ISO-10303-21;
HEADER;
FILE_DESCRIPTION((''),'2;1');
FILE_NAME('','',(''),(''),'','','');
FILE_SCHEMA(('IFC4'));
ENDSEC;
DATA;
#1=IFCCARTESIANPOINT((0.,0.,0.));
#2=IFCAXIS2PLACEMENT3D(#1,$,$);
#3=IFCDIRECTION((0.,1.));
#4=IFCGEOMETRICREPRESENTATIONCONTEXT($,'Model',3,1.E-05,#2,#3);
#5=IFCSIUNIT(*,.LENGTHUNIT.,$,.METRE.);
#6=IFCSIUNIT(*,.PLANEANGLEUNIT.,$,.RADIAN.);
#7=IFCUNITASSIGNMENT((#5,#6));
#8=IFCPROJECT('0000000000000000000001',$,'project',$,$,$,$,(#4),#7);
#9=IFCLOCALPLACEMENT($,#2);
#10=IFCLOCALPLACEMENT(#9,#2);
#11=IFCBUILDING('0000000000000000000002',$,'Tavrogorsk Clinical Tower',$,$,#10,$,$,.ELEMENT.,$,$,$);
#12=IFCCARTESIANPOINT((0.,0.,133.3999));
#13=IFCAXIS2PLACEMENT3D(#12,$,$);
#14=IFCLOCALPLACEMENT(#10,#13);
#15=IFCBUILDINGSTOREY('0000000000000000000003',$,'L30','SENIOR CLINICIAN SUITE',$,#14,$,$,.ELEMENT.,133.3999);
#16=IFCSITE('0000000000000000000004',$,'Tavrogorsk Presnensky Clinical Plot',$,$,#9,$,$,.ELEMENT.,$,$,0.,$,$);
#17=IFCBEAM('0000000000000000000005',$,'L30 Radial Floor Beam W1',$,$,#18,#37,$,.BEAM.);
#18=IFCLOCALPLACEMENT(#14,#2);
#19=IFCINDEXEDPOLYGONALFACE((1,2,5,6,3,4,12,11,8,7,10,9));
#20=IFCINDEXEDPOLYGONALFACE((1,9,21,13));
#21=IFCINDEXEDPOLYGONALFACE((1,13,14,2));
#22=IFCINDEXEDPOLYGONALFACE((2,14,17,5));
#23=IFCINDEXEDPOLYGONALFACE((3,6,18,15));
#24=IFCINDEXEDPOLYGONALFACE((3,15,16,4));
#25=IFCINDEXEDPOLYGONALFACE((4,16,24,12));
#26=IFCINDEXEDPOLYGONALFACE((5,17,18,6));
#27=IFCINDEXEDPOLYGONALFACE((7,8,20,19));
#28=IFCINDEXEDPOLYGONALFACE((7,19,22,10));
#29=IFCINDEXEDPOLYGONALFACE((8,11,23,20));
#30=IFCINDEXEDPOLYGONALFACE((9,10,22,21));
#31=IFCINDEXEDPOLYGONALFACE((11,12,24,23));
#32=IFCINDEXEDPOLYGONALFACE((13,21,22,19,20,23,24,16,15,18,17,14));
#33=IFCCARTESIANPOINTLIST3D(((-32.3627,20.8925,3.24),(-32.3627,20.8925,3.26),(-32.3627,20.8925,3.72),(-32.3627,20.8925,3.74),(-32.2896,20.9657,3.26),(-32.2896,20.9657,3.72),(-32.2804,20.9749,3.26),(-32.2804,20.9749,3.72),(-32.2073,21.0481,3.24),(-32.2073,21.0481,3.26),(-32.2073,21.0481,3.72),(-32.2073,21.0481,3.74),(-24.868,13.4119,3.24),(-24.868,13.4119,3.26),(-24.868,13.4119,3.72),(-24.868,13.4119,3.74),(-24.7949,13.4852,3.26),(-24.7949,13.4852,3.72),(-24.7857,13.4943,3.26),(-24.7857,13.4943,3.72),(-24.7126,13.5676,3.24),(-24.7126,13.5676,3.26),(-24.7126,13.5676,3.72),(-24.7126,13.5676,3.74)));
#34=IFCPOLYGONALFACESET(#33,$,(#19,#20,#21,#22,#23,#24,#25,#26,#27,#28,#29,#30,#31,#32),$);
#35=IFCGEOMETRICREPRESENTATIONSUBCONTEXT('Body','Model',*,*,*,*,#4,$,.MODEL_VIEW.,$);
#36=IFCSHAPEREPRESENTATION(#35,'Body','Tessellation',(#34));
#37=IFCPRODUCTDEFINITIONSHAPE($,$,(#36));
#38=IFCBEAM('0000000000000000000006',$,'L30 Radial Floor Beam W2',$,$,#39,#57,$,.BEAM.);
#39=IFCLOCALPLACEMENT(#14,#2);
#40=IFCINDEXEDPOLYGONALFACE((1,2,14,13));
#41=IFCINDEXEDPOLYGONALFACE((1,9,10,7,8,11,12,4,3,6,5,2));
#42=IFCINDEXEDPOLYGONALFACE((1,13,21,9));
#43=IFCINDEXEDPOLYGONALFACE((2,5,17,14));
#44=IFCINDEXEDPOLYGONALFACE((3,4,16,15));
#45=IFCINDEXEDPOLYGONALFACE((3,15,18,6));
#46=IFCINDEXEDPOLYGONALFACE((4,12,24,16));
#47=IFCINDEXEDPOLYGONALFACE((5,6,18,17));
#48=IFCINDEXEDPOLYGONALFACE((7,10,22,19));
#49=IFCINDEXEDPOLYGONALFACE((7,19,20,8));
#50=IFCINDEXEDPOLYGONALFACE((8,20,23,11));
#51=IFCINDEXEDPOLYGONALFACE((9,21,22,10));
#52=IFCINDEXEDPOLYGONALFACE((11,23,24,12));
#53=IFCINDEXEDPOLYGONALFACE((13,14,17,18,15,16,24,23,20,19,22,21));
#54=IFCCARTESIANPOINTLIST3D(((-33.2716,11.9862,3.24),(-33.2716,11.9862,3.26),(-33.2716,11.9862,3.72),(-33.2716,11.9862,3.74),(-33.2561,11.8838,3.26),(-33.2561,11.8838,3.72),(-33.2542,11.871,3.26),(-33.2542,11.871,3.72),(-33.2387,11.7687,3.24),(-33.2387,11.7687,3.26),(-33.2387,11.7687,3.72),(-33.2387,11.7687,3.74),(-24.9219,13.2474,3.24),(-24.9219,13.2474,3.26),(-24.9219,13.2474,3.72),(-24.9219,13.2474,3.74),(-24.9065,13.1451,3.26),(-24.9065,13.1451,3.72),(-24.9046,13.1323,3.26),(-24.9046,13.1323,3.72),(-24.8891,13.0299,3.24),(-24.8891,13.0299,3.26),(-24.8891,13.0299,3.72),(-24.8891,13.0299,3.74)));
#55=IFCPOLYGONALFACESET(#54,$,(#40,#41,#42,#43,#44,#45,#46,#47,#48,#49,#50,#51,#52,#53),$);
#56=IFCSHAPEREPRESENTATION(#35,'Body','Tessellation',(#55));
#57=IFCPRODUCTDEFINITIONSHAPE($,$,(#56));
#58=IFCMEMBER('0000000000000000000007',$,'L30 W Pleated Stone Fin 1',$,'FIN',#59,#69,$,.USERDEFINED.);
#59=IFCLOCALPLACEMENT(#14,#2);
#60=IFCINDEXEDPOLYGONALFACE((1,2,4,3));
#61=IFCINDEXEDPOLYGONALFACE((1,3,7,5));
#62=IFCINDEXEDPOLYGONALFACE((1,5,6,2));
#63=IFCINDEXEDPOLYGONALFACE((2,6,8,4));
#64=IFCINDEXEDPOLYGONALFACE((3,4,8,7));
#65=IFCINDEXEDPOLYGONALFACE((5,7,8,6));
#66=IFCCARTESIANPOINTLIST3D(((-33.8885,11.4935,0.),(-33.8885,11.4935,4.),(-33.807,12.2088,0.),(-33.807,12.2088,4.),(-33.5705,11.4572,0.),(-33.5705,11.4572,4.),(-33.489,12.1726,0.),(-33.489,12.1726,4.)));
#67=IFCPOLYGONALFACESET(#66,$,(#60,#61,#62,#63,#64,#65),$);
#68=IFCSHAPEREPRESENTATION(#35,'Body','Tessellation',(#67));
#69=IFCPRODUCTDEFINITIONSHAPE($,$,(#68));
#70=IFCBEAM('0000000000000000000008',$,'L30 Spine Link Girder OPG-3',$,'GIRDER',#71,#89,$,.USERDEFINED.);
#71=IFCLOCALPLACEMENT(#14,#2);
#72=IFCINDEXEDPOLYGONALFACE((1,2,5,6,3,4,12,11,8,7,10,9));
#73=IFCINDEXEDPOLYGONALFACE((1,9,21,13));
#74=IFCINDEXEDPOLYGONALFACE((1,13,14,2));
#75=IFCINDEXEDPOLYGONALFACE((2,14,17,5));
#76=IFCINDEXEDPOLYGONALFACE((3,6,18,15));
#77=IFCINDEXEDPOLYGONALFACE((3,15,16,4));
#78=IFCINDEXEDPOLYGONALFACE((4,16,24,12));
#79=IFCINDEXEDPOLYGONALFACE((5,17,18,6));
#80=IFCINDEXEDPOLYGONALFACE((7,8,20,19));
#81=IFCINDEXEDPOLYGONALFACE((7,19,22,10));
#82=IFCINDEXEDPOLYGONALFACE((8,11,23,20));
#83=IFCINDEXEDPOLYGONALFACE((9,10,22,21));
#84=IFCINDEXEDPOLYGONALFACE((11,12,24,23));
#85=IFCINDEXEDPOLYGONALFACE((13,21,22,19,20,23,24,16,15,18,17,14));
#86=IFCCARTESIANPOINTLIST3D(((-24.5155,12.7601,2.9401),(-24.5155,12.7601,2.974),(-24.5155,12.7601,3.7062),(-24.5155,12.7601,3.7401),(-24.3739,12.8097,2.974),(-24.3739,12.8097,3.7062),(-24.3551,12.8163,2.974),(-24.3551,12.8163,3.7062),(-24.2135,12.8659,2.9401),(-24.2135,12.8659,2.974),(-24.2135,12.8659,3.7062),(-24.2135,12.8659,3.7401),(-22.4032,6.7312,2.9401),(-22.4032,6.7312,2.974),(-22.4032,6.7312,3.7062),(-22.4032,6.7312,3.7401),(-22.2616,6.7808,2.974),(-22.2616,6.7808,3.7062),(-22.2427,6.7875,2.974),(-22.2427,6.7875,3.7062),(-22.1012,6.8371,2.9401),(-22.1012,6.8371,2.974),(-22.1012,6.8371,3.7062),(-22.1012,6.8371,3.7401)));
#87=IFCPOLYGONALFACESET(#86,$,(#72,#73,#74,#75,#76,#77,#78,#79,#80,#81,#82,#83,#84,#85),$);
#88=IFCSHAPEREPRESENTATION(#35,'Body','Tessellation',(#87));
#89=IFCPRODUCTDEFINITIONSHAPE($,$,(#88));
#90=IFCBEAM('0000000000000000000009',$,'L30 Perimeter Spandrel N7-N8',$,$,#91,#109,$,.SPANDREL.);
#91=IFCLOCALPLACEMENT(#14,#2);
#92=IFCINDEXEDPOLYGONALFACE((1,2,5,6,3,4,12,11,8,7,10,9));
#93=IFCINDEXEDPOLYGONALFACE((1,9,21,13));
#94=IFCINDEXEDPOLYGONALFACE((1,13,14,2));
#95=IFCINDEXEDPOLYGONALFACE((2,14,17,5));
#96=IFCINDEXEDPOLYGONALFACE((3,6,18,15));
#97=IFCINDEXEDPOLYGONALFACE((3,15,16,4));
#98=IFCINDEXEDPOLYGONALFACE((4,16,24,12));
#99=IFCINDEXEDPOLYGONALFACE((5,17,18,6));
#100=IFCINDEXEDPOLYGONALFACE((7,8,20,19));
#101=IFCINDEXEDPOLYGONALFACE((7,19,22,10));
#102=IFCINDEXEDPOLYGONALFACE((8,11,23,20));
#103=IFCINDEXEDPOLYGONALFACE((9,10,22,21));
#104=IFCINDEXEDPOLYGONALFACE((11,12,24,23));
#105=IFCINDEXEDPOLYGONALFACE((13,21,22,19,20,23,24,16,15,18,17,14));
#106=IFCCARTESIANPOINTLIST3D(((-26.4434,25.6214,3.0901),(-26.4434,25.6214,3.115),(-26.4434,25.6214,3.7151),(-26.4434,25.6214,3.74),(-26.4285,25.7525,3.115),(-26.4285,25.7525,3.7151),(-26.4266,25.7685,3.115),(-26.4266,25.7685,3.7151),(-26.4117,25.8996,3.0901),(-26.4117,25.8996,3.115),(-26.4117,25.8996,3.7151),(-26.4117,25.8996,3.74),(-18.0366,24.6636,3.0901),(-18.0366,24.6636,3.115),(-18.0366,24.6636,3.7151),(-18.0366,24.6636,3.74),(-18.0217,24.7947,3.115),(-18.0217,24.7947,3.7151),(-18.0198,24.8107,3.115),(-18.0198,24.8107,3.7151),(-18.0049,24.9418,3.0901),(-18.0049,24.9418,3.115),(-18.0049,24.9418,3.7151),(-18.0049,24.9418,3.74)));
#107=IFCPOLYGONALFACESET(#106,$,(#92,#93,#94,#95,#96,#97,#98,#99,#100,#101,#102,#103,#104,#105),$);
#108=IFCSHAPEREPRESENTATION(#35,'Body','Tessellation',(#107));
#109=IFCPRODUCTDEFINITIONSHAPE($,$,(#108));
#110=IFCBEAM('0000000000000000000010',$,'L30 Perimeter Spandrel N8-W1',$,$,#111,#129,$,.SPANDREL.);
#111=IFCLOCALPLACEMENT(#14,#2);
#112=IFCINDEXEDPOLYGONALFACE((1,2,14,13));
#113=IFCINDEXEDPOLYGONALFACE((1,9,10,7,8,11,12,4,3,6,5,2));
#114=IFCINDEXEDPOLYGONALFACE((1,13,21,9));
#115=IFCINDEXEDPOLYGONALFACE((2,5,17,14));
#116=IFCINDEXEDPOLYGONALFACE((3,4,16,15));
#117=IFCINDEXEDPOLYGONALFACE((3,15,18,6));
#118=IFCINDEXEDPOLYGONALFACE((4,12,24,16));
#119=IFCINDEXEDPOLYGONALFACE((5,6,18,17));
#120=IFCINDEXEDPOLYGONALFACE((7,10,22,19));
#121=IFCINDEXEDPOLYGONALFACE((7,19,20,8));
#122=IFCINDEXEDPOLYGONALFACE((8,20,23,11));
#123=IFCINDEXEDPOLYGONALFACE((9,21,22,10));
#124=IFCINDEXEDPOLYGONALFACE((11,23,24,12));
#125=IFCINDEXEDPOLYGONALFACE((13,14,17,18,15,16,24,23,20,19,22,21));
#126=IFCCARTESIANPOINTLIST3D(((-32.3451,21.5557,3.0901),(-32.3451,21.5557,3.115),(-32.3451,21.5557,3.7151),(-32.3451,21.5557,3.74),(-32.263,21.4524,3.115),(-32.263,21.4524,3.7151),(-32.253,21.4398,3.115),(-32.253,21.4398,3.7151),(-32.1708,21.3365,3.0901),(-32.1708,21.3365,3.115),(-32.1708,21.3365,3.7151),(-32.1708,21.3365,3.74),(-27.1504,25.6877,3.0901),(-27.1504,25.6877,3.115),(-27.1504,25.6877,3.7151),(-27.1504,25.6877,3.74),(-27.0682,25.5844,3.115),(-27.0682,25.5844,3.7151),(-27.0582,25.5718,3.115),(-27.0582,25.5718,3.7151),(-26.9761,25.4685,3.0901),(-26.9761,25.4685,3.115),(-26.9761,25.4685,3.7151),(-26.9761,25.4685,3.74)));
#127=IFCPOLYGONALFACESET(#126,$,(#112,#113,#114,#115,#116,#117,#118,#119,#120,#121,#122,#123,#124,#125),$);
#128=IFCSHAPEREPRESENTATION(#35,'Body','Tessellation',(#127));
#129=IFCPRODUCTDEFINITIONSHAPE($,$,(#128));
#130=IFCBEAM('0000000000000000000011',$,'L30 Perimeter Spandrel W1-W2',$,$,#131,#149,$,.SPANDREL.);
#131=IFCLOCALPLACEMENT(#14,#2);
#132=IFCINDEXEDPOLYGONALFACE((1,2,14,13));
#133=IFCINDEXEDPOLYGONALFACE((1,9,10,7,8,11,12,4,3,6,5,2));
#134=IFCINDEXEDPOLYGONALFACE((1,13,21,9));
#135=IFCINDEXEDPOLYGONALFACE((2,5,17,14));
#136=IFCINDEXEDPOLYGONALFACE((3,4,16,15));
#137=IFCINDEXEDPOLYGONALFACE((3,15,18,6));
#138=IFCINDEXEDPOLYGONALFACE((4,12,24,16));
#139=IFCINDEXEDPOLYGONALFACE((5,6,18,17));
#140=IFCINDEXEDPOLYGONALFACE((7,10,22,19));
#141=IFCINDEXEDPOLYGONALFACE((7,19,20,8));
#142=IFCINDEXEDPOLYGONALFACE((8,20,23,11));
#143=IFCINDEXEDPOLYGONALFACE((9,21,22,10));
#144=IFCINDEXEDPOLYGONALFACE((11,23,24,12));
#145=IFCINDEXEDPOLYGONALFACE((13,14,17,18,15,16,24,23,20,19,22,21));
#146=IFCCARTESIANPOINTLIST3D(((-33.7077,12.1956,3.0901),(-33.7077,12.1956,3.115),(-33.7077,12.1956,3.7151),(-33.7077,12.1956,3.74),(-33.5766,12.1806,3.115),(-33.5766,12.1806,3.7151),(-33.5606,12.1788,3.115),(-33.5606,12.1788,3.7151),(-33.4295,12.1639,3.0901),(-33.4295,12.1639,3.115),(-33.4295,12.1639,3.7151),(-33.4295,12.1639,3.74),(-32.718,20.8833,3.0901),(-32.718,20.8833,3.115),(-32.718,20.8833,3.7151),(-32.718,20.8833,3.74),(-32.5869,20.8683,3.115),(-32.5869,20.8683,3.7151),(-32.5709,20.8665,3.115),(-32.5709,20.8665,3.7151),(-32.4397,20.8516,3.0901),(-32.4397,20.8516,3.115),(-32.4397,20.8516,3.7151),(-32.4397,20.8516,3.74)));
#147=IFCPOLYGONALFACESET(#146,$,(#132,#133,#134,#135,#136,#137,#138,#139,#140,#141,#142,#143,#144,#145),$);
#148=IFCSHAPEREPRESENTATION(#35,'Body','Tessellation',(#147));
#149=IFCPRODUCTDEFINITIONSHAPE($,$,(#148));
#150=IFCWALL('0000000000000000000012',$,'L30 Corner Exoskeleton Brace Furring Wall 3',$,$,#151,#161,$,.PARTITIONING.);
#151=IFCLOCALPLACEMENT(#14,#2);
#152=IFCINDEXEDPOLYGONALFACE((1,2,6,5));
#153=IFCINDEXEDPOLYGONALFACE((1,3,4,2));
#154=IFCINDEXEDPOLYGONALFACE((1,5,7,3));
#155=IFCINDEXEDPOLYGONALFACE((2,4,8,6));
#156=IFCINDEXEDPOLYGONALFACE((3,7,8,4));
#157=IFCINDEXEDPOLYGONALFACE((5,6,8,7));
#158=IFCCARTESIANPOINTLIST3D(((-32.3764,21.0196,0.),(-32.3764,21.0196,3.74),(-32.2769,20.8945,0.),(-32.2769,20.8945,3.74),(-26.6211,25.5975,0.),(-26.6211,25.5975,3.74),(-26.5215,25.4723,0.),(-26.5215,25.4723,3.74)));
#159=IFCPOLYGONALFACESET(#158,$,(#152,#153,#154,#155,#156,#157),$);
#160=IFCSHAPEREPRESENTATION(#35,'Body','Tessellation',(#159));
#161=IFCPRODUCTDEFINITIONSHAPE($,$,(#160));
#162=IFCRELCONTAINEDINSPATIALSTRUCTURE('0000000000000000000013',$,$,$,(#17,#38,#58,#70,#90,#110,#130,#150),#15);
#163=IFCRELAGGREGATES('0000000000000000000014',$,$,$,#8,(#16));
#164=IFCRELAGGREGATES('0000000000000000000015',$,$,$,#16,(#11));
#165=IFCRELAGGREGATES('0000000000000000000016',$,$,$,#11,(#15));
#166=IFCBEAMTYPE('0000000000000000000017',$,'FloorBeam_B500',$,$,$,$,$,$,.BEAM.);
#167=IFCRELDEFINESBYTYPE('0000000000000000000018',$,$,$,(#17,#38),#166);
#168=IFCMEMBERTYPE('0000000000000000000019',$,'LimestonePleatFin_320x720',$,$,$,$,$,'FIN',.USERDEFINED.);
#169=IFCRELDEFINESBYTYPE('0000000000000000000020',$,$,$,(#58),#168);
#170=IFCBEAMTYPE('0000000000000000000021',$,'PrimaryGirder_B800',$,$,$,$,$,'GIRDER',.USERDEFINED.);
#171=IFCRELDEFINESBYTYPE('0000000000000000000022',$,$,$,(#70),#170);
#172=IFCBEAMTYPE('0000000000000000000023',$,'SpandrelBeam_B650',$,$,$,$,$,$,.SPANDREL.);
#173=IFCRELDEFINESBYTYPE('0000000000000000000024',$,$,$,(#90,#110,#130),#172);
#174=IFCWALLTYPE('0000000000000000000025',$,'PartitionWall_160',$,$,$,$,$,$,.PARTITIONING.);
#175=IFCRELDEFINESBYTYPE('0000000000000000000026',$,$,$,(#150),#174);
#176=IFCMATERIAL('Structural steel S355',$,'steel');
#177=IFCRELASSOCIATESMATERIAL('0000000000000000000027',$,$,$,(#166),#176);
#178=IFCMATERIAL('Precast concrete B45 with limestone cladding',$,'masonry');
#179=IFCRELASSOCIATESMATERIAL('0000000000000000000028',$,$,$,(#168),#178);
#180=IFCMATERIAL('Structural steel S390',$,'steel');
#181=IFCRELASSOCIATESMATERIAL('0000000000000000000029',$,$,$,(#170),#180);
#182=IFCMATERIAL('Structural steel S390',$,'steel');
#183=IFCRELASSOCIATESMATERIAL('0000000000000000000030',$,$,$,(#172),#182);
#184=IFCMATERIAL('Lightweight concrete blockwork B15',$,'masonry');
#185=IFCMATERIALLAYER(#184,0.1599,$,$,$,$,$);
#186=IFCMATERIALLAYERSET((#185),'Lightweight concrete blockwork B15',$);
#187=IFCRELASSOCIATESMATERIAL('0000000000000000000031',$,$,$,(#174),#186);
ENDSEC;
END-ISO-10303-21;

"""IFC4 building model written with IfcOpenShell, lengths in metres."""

from ifc_helpers import new_model, si_unit, direction, frame, frame_2d, origin, origin_2d, place, context, subcontext, project, spatial, rectangle, i_section, extrude, material, layer, layer_set, material_profile, profile_set, type_object, element, save


model = new_model("IFC4")

# Units and contexts
model_context = context("Model", 3, precision=1e-05, world=origin(), true_north=direction((0.0, 1.0)))
body_context = subcontext(model_context, "Body", "Model", "MODEL_VIEW")
ifc_project = project(units=[si_unit("LENGTHUNIT", "METRE"), si_unit("PLANEANGLEUNIT", "RADIAN")], contexts=[model_context])

# Site, building, storey
site_placement = place(None, origin())
site = spatial("IfcSite", under=ifc_project, at=site_placement, Name="Tavrogorsk Presnensky Clinical Plot", CompositionType="ELEMENT", RefElevation=0.0)
building_placement = place(site_placement, origin())
building = spatial("IfcBuilding", under=site, at=building_placement, Name="Tavrogorsk Clinical Tower", CompositionType="ELEMENT")
storey_placement = place(building_placement, frame((0.0, 0.0, 133.3999)))
storey = spatial("IfcBuildingStorey", under=building, at=storey_placement, Name="L30", Description="SENIOR CLINICIAN SUITE", CompositionType="ELEMENT", Elevation=133.3999)

# Beams
ifc_material_1 = material(Name="Structural steel S355", Category="steel")
ifc_material_profile_1 = material_profile(ifc_material_1, i_section(OverallWidth=0.22, OverallDepth=0.5, WebThickness=0.0129, FlangeThickness=0.02, at=origin_2d()), Name="B-500x220x13x20")
ifc_profile_set_1 = profile_set([ifc_material_profile_1], Name="Structural steel S355")
beam_type_1 = type_object("IfcBeamType", Name="FloorBeam_B500", PredefinedType="BEAM", material=ifc_profile_set_1)
beam_1_placement = place(storey_placement, frame((-24.7903, 13.4897, 3.49), z_axis=(-0.707775, 0.706438, 0.0), x_axis=(-0.706438, -0.707775, 0.0)))
element("IfcBeam", 1, at=beam_1_placement, inside=storey, type_object=beam_type_1, Name="L30 Radial Floor Beam W1", PredefinedType="BEAM", context=body_context, shape_type="SweptSolid", body=[
    extrude(i_section(OverallWidth=0.22, OverallDepth=0.5, WebThickness=0.0129, FlangeThickness=0.02, at=origin_2d()), origin(), (0.0, 0.0, 1.0), 10.5891),
])
beam_2_placement = place(storey_placement, frame((-24.9055, 13.1387, 3.49), z_axis=(-0.988783, -0.149358, 0.0), x_axis=(0.149358, -0.988783, 0.0)))
element("IfcBeam", 2, at=beam_2_placement, inside=storey, type_object=beam_type_1, Name="L30 Radial Floor Beam W2", PredefinedType="BEAM", context=body_context, shape_type="SweptSolid", body=[
    extrude(i_section(OverallWidth=0.22, OverallDepth=0.5, WebThickness=0.0129, FlangeThickness=0.02, at=origin_2d()), origin(), (0.0, 0.0, 1.0), 8.4443),
])

# Member
ifc_material_2 = material(Name="Precast concrete B45 with limestone cladding", Category="masonry")
ifc_material_profile_2 = material_profile(ifc_material_2, rectangle(XDim=0.3201, YDim=0.72, at=origin_2d()), Name="LIMESTONE-FIN-320x720")
ifc_profile_set_2 = profile_set([ifc_material_profile_2], Name="Precast concrete B45 with limestone cladding")
member_type_1 = type_object("IfcMemberType", Name="LimestonePleatFin_320x720", ElementType="FIN", PredefinedType="USERDEFINED", material=ifc_profile_set_2)
member_1_placement = place(storey_placement, frame((-33.6887, 11.833, 0.0), z_axis=(0.0, 0.0, 1.0), x_axis=(0.993572, -0.113203, 0.0)))
element("IfcMember", 3, at=member_1_placement, inside=storey, type_object=member_type_1, Name="L30 W Pleated Stone Fin 1", ObjectType="FIN", PredefinedType="USERDEFINED", context=body_context, shape_type="SweptSolid", body=[
    extrude(rectangle(XDim=0.3201, YDim=0.72, at=origin_2d()), origin(), (0.0, 0.0, 1.0), 4.0),
])

# Beams
ifc_material_3 = material(Name="Structural steel S390", Category="steel")
ifc_material_profile_3 = material_profile(ifc_material_3, i_section(OverallWidth=0.3201, OverallDepth=0.8, WebThickness=0.02, FlangeThickness=0.0339, at=origin_2d()), Name="B-800x320x20x34")
ifc_profile_set_3 = profile_set([ifc_material_profile_3], Name="Structural steel S390")
beam_type_2 = type_object("IfcBeamType", Name="PrimaryGirder_B800", ElementType="GIRDER", PredefinedType="USERDEFINED", material=ifc_profile_set_3)
beam_3_placement = place(storey_placement, frame((-24.3645, 12.813, 3.3401), z_axis=(0.33066, -0.94375, 0.0), x_axis=(0.94375, 0.33066, 0.0)))
element("IfcBeam", 4, at=beam_3_placement, inside=storey, type_object=beam_type_2, Name="L30 Spine Link Girder OPG-3", ObjectType="GIRDER", PredefinedType="USERDEFINED", context=body_context, shape_type="SweptSolid", body=[
    extrude(i_section(OverallWidth=0.3201, OverallDepth=0.8, WebThickness=0.02, FlangeThickness=0.0339, at=origin_2d()), origin(), (0.0, 0.0, 1.0), 6.3882),
])
ifc_material_4 = material(Name="Structural steel S390", Category="steel")
ifc_material_profile_4 = material_profile(ifc_material_4, i_section(OverallWidth=0.28, OverallDepth=0.6499, WebThickness=0.0161, FlangeThickness=0.0249, at=origin_2d()), Name="B-650x280x16x25")
ifc_profile_set_4 = profile_set([ifc_material_profile_4], Name="Structural steel S390")
beam_type_3 = type_object("IfcBeamType", Name="SpandrelBeam_B650", PredefinedType="SPANDREL", material=ifc_profile_set_4)
beam_4_placement = place(storey_placement, frame((-18.0208, 24.8027, 3.415), z_axis=(-0.993573, 0.113196, 0.0), x_axis=(-0.113196, -0.993573, 0.0)))
element("IfcBeam", 5, at=beam_4_placement, inside=storey, type_object=beam_type_3, Name="L30 Perimeter Spandrel N7-N8", PredefinedType="SPANDREL", context=body_context, shape_type="SweptSolid", body=[
    extrude(i_section(OverallWidth=0.28, OverallDepth=0.6499, WebThickness=0.0161, FlangeThickness=0.0249, at=origin_2d()), origin(), (0.0, 0.0, 1.0), 8.4612),
])
beam_5_placement = place(storey_placement, frame((-27.0632, 25.5781, 3.415), z_axis=(-0.782613, -0.622508, 0.0), x_axis=(0.622508, -0.782613, 0.0)))
element("IfcBeam", 6, at=beam_5_placement, inside=storey, type_object=beam_type_3, Name="L30 Perimeter Spandrel N8-W1", PredefinedType="SPANDREL", context=body_context, shape_type="SweptSolid", body=[
    extrude(i_section(OverallWidth=0.28, OverallDepth=0.6499, WebThickness=0.0161, FlangeThickness=0.0249, at=origin_2d()), origin(), (0.0, 0.0, 1.0), 6.6377),
])
beam_6_placement = place(storey_placement, frame((-32.5789, 20.8674, 3.415), z_axis=(-0.113192, -0.993573, 0.0), x_axis=(0.993573, -0.113192, 0.0)))
element("IfcBeam", 7, at=beam_6_placement, inside=storey, type_object=beam_type_3, Name="L30 Perimeter Spandrel W1-W2", PredefinedType="SPANDREL", context=body_context, shape_type="SweptSolid", body=[
    extrude(i_section(OverallWidth=0.28, OverallDepth=0.6499, WebThickness=0.0161, FlangeThickness=0.0249, at=origin_2d()), origin(), (0.0, 0.0, 1.0), 8.7439),
])

# Wall
ifc_material_5 = material(Name="Lightweight concrete blockwork B15", Category="masonry")
ifc_layer_1 = layer(ifc_material_5, 0.1599)
ifc_layer_set_1 = layer_set([ifc_layer_1], Name="Lightweight concrete blockwork B15")
wall_type_1 = type_object("IfcWallType", Name="PartitionWall_160", PredefinedType="PARTITIONING", material=ifc_layer_set_1)
wall_1_placement = place(storey_placement, frame((-26.5713, 25.5349, 0.0), z_axis=(0.0, 0.0, 1.0), x_axis=(-0.782618, -0.622502, 0.0)))
element("IfcWall", 8, at=wall_1_placement, inside=storey, type_object=wall_type_1, Name="L30 Corner Exoskeleton Brace Furring Wall 3", PredefinedType="PARTITIONING", context=body_context, shape_type="SweptSolid", body=[
    extrude(rectangle(XDim=7.354, YDim=0.1599, at=frame_2d((3.677, 0.0))), origin(), (0.0, 0.0, 1.0), 3.74),
])

save(model, "model.ifc")
